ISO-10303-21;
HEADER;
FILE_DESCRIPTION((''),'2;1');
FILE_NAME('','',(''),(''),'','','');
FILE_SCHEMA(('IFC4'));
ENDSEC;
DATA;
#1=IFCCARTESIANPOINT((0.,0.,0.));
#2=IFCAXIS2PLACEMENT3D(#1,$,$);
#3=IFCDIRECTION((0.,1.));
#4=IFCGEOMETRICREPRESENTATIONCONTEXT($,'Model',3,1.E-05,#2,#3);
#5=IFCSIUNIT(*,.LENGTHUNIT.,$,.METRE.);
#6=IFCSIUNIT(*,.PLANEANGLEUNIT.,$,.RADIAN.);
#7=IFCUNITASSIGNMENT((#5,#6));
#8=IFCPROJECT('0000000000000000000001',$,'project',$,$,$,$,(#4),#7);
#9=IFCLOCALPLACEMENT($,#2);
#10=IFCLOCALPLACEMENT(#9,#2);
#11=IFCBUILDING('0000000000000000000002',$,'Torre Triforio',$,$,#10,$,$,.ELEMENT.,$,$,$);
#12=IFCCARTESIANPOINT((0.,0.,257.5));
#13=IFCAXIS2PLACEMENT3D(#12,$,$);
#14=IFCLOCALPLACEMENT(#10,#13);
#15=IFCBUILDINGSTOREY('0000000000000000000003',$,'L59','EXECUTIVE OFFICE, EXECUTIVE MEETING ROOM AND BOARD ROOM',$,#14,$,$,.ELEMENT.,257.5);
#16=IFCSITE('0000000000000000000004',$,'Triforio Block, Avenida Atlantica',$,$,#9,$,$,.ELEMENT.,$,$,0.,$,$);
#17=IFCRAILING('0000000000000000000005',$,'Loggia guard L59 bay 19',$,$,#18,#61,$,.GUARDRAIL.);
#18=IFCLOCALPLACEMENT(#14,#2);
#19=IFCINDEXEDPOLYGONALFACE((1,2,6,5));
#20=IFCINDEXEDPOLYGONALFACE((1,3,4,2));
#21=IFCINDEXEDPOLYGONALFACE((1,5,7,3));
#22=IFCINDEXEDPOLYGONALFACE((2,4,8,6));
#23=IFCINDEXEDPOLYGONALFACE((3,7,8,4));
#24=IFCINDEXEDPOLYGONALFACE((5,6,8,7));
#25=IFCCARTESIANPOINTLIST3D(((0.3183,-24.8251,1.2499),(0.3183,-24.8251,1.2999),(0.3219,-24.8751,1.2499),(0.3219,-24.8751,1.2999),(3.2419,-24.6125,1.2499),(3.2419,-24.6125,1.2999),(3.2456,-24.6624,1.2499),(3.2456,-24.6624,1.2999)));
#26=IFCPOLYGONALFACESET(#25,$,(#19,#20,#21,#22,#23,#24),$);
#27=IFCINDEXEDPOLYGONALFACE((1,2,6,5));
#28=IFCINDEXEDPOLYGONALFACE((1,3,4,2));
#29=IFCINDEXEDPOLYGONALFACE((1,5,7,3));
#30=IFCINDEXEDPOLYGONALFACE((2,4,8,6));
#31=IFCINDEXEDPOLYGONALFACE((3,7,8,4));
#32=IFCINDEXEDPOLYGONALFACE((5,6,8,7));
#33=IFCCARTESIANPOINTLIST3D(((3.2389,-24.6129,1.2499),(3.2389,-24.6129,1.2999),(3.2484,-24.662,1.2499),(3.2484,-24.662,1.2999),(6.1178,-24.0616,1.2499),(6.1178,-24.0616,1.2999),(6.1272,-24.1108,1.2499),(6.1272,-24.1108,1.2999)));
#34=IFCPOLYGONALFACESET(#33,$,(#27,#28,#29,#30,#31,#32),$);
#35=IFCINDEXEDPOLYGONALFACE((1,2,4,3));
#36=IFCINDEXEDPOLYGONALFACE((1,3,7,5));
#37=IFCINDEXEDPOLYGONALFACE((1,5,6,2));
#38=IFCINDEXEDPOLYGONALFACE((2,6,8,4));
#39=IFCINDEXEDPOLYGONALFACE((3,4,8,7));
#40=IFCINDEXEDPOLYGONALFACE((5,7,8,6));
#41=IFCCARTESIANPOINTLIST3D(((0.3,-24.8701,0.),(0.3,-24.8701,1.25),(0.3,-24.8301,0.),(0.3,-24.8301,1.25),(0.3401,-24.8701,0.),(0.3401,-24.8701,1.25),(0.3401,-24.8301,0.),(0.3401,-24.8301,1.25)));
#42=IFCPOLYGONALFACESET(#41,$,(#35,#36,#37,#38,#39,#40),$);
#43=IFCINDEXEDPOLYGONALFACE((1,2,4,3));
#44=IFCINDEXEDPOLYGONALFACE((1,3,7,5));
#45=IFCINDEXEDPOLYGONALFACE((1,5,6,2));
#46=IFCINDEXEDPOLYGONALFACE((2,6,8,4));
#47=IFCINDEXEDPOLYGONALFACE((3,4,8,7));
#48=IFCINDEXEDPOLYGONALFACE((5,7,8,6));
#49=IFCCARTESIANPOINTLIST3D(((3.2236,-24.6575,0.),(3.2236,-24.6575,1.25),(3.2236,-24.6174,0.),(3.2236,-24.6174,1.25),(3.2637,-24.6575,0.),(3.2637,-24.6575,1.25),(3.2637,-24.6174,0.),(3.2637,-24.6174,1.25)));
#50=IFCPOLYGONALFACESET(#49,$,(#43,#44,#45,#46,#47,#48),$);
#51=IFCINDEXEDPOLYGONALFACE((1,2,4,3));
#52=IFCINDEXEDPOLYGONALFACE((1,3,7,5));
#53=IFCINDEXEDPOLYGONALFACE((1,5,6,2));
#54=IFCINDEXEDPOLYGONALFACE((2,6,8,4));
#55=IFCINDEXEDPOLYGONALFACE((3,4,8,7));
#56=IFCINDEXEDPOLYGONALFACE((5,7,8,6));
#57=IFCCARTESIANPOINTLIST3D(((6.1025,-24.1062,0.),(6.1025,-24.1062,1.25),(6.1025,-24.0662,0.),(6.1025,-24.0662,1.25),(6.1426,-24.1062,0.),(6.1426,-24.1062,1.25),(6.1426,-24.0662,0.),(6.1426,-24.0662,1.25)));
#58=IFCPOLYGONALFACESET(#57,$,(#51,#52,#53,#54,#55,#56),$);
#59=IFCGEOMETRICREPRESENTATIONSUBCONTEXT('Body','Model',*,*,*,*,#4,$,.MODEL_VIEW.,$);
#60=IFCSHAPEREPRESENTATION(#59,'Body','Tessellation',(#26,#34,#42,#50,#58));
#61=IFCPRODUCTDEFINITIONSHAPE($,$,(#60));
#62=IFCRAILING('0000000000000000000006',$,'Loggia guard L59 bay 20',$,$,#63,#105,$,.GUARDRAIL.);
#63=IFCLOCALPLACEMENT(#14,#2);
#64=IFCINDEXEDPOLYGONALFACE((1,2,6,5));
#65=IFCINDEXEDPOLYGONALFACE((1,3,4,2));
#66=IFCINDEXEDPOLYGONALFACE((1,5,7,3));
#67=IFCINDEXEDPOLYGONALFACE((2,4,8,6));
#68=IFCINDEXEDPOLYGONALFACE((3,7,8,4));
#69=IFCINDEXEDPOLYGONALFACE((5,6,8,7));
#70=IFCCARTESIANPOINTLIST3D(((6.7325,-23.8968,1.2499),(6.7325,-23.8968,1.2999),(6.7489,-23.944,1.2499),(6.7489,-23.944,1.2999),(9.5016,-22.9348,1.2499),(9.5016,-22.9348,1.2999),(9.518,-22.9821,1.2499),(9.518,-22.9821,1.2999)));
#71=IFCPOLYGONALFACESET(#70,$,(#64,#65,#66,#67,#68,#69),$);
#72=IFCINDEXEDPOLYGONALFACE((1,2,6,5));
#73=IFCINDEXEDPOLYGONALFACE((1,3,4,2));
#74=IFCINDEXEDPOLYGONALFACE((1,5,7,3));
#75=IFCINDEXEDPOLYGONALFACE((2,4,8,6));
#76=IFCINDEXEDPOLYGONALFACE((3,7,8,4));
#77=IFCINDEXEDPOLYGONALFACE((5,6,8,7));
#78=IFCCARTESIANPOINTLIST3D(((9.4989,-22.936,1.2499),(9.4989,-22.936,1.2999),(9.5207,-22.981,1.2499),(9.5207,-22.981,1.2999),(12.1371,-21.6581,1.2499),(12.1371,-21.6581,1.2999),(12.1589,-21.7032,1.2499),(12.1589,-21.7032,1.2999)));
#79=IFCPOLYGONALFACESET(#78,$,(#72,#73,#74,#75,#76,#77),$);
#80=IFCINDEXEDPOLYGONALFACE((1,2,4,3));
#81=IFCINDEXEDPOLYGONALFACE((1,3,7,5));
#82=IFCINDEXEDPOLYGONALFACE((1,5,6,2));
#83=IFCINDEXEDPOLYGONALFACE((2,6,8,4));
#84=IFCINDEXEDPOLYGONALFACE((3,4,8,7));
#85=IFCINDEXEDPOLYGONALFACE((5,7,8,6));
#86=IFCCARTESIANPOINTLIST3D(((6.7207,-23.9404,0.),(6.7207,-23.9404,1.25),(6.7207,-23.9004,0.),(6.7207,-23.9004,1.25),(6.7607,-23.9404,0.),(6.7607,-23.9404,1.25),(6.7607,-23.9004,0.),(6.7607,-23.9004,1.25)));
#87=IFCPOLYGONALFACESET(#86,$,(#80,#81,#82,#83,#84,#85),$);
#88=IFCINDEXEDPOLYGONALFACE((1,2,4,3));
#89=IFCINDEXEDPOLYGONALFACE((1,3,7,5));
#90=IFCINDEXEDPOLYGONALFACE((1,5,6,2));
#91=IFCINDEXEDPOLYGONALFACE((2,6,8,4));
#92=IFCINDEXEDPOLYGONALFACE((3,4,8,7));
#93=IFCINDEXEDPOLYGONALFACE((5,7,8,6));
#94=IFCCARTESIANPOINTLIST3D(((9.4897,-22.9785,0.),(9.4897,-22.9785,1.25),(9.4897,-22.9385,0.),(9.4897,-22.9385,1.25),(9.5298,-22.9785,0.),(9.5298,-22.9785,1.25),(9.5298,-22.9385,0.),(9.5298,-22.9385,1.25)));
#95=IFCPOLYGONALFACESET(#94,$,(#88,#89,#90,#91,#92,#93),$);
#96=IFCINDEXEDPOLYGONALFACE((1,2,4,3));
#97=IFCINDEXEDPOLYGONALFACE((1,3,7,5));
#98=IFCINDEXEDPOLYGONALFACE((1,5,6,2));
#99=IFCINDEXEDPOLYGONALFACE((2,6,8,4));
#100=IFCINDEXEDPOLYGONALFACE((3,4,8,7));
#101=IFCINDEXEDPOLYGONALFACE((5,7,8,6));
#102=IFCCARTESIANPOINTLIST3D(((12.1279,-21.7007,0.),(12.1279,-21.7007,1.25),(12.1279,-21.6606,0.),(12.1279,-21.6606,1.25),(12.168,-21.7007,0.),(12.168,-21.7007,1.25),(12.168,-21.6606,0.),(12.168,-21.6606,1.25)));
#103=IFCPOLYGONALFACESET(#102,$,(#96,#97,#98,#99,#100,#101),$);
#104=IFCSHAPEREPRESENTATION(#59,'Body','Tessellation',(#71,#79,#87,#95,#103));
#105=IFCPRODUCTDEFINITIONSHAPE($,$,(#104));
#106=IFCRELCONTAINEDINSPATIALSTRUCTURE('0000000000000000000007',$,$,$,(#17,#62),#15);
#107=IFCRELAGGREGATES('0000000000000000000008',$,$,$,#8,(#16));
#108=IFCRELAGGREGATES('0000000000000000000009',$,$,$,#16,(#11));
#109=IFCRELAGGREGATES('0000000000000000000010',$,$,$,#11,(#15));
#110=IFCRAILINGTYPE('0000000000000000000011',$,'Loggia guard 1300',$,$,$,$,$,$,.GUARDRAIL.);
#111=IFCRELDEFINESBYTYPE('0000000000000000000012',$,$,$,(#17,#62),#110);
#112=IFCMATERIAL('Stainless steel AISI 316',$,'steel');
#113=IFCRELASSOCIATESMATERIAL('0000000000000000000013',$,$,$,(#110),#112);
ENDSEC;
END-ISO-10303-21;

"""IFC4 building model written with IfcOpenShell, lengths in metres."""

from ifc_helpers import new_model, si_unit, direction, frame, origin, origin_2d, place, context, subcontext, project, spatial, rectangle, extrude, material, type_object, element, save


model = new_model("IFC4")

# Units and contexts
model_context = context("Model", 3, precision=1e-05, world=origin(), true_north=direction((0.0, 1.0)))
body_context = subcontext(model_context, "Body", "Model", "MODEL_VIEW")
ifc_project = project(units=[si_unit("LENGTHUNIT", "METRE"), si_unit("PLANEANGLEUNIT", "RADIAN")], contexts=[model_context])

# Site, building, storey
site_placement = place(None, origin())
site = spatial("IfcSite", under=ifc_project, at=site_placement, Name="Triforio Block, Avenida Atlantica", CompositionType="ELEMENT", RefElevation=0.0)
building_placement = place(site_placement, origin())
building = spatial("IfcBuilding", under=site, at=building_placement, Name="Torre Triforio", CompositionType="ELEMENT")
storey_placement = place(building_placement, frame((0.0, 0.0, 257.5)))
storey = spatial("IfcBuildingStorey", under=building, at=storey_placement, Name="L59", Description="EXECUTIVE OFFICE, EXECUTIVE MEETING ROOM AND BOARD ROOM", CompositionType="ELEMENT", Elevation=257.5)

# Railings
ifc_material_1 = material(Name="Stainless steel AISI 316", Category="steel")
railing_type = type_object("IfcRailingType", Name="Loggia guard 1300", PredefinedType="GUARDRAIL", material=ifc_material_1)
railing_1_placement = place(storey_placement, frame((0.3201, -24.8501, 0.0)))
element("IfcRailing", 1, at=railing_1_placement, inside=storey, type_object=railing_type, Name="Loggia guard L59 bay 19", PredefinedType="GUARDRAIL", context=body_context, shape_type="SweptSolid", body=[
    extrude(rectangle(XDim=0.05, YDim=0.05, at=origin_2d()), frame((0.0, 0.0, 1.2749), z_axis=(0.997365, 0.072543, 0.0), x_axis=(-0.072543, 0.997365, 0.0)), (0.0, 0.0, 1.0), 2.9314),
    extrude(rectangle(XDim=0.05, YDim=0.05, at=origin_2d()), frame((2.9236, 0.2126, 1.2749), z_axis=(0.982156, 0.188069, 0.0), x_axis=(-0.188069, 0.982156, 0.0)), (0.0, 0.0, 1.0), 2.9312),
    extrude(rectangle(XDim=0.04, YDim=0.04, at=origin_2d()), origin(), (0.0, 0.0, 1.0), 1.25),
    extrude(rectangle(XDim=0.04, YDim=0.04, at=origin_2d()), frame((2.9236, 0.2126, 0.0)), (0.0, 0.0, 1.0), 1.25),
    extrude(rectangle(XDim=0.04, YDim=0.04, at=origin_2d()), frame((5.8025, 0.7639, 0.0)), (0.0, 0.0, 1.0), 1.25),
])
railing_2_placement = place(storey_placement, frame((6.7407, -23.9204, 0.0)))
element("IfcRailing", 2, at=railing_2_placement, inside=storey, type_object=railing_type, Name="Loggia guard L59 bay 20", PredefinedType="GUARDRAIL", context=body_context, shape_type="SweptSolid", body=[
    extrude(rectangle(XDim=0.05, YDim=0.05, at=origin_2d()), frame((0.0, 0.0, 1.2749), z_axis=(0.944627, 0.328146, 0.0), x_axis=(-0.328146, 0.944627, 0.0)), (0.0, 0.0, 1.0), 2.9314),
    extrude(rectangle(XDim=0.05, YDim=0.05, at=origin_2d()), frame((2.769, 0.9619, 1.2749), z_axis=(0.899986, 0.435918, 0.0), x_axis=(-0.435918, 0.899986, 0.0)), (0.0, 0.0, 1.0), 2.9314),
    extrude(rectangle(XDim=0.04, YDim=0.04, at=origin_2d()), origin(), (0.0, 0.0, 1.0), 1.25),
    extrude(rectangle(XDim=0.04, YDim=0.04, at=origin_2d()), frame((2.769, 0.9619, 0.0)), (0.0, 0.0, 1.0), 1.25),
    extrude(rectangle(XDim=0.04, YDim=0.04, at=origin_2d()), frame((5.4072, 2.2397, 0.0)), (0.0, 0.0, 1.0), 1.25),
])

save(model, "model.ifc")
